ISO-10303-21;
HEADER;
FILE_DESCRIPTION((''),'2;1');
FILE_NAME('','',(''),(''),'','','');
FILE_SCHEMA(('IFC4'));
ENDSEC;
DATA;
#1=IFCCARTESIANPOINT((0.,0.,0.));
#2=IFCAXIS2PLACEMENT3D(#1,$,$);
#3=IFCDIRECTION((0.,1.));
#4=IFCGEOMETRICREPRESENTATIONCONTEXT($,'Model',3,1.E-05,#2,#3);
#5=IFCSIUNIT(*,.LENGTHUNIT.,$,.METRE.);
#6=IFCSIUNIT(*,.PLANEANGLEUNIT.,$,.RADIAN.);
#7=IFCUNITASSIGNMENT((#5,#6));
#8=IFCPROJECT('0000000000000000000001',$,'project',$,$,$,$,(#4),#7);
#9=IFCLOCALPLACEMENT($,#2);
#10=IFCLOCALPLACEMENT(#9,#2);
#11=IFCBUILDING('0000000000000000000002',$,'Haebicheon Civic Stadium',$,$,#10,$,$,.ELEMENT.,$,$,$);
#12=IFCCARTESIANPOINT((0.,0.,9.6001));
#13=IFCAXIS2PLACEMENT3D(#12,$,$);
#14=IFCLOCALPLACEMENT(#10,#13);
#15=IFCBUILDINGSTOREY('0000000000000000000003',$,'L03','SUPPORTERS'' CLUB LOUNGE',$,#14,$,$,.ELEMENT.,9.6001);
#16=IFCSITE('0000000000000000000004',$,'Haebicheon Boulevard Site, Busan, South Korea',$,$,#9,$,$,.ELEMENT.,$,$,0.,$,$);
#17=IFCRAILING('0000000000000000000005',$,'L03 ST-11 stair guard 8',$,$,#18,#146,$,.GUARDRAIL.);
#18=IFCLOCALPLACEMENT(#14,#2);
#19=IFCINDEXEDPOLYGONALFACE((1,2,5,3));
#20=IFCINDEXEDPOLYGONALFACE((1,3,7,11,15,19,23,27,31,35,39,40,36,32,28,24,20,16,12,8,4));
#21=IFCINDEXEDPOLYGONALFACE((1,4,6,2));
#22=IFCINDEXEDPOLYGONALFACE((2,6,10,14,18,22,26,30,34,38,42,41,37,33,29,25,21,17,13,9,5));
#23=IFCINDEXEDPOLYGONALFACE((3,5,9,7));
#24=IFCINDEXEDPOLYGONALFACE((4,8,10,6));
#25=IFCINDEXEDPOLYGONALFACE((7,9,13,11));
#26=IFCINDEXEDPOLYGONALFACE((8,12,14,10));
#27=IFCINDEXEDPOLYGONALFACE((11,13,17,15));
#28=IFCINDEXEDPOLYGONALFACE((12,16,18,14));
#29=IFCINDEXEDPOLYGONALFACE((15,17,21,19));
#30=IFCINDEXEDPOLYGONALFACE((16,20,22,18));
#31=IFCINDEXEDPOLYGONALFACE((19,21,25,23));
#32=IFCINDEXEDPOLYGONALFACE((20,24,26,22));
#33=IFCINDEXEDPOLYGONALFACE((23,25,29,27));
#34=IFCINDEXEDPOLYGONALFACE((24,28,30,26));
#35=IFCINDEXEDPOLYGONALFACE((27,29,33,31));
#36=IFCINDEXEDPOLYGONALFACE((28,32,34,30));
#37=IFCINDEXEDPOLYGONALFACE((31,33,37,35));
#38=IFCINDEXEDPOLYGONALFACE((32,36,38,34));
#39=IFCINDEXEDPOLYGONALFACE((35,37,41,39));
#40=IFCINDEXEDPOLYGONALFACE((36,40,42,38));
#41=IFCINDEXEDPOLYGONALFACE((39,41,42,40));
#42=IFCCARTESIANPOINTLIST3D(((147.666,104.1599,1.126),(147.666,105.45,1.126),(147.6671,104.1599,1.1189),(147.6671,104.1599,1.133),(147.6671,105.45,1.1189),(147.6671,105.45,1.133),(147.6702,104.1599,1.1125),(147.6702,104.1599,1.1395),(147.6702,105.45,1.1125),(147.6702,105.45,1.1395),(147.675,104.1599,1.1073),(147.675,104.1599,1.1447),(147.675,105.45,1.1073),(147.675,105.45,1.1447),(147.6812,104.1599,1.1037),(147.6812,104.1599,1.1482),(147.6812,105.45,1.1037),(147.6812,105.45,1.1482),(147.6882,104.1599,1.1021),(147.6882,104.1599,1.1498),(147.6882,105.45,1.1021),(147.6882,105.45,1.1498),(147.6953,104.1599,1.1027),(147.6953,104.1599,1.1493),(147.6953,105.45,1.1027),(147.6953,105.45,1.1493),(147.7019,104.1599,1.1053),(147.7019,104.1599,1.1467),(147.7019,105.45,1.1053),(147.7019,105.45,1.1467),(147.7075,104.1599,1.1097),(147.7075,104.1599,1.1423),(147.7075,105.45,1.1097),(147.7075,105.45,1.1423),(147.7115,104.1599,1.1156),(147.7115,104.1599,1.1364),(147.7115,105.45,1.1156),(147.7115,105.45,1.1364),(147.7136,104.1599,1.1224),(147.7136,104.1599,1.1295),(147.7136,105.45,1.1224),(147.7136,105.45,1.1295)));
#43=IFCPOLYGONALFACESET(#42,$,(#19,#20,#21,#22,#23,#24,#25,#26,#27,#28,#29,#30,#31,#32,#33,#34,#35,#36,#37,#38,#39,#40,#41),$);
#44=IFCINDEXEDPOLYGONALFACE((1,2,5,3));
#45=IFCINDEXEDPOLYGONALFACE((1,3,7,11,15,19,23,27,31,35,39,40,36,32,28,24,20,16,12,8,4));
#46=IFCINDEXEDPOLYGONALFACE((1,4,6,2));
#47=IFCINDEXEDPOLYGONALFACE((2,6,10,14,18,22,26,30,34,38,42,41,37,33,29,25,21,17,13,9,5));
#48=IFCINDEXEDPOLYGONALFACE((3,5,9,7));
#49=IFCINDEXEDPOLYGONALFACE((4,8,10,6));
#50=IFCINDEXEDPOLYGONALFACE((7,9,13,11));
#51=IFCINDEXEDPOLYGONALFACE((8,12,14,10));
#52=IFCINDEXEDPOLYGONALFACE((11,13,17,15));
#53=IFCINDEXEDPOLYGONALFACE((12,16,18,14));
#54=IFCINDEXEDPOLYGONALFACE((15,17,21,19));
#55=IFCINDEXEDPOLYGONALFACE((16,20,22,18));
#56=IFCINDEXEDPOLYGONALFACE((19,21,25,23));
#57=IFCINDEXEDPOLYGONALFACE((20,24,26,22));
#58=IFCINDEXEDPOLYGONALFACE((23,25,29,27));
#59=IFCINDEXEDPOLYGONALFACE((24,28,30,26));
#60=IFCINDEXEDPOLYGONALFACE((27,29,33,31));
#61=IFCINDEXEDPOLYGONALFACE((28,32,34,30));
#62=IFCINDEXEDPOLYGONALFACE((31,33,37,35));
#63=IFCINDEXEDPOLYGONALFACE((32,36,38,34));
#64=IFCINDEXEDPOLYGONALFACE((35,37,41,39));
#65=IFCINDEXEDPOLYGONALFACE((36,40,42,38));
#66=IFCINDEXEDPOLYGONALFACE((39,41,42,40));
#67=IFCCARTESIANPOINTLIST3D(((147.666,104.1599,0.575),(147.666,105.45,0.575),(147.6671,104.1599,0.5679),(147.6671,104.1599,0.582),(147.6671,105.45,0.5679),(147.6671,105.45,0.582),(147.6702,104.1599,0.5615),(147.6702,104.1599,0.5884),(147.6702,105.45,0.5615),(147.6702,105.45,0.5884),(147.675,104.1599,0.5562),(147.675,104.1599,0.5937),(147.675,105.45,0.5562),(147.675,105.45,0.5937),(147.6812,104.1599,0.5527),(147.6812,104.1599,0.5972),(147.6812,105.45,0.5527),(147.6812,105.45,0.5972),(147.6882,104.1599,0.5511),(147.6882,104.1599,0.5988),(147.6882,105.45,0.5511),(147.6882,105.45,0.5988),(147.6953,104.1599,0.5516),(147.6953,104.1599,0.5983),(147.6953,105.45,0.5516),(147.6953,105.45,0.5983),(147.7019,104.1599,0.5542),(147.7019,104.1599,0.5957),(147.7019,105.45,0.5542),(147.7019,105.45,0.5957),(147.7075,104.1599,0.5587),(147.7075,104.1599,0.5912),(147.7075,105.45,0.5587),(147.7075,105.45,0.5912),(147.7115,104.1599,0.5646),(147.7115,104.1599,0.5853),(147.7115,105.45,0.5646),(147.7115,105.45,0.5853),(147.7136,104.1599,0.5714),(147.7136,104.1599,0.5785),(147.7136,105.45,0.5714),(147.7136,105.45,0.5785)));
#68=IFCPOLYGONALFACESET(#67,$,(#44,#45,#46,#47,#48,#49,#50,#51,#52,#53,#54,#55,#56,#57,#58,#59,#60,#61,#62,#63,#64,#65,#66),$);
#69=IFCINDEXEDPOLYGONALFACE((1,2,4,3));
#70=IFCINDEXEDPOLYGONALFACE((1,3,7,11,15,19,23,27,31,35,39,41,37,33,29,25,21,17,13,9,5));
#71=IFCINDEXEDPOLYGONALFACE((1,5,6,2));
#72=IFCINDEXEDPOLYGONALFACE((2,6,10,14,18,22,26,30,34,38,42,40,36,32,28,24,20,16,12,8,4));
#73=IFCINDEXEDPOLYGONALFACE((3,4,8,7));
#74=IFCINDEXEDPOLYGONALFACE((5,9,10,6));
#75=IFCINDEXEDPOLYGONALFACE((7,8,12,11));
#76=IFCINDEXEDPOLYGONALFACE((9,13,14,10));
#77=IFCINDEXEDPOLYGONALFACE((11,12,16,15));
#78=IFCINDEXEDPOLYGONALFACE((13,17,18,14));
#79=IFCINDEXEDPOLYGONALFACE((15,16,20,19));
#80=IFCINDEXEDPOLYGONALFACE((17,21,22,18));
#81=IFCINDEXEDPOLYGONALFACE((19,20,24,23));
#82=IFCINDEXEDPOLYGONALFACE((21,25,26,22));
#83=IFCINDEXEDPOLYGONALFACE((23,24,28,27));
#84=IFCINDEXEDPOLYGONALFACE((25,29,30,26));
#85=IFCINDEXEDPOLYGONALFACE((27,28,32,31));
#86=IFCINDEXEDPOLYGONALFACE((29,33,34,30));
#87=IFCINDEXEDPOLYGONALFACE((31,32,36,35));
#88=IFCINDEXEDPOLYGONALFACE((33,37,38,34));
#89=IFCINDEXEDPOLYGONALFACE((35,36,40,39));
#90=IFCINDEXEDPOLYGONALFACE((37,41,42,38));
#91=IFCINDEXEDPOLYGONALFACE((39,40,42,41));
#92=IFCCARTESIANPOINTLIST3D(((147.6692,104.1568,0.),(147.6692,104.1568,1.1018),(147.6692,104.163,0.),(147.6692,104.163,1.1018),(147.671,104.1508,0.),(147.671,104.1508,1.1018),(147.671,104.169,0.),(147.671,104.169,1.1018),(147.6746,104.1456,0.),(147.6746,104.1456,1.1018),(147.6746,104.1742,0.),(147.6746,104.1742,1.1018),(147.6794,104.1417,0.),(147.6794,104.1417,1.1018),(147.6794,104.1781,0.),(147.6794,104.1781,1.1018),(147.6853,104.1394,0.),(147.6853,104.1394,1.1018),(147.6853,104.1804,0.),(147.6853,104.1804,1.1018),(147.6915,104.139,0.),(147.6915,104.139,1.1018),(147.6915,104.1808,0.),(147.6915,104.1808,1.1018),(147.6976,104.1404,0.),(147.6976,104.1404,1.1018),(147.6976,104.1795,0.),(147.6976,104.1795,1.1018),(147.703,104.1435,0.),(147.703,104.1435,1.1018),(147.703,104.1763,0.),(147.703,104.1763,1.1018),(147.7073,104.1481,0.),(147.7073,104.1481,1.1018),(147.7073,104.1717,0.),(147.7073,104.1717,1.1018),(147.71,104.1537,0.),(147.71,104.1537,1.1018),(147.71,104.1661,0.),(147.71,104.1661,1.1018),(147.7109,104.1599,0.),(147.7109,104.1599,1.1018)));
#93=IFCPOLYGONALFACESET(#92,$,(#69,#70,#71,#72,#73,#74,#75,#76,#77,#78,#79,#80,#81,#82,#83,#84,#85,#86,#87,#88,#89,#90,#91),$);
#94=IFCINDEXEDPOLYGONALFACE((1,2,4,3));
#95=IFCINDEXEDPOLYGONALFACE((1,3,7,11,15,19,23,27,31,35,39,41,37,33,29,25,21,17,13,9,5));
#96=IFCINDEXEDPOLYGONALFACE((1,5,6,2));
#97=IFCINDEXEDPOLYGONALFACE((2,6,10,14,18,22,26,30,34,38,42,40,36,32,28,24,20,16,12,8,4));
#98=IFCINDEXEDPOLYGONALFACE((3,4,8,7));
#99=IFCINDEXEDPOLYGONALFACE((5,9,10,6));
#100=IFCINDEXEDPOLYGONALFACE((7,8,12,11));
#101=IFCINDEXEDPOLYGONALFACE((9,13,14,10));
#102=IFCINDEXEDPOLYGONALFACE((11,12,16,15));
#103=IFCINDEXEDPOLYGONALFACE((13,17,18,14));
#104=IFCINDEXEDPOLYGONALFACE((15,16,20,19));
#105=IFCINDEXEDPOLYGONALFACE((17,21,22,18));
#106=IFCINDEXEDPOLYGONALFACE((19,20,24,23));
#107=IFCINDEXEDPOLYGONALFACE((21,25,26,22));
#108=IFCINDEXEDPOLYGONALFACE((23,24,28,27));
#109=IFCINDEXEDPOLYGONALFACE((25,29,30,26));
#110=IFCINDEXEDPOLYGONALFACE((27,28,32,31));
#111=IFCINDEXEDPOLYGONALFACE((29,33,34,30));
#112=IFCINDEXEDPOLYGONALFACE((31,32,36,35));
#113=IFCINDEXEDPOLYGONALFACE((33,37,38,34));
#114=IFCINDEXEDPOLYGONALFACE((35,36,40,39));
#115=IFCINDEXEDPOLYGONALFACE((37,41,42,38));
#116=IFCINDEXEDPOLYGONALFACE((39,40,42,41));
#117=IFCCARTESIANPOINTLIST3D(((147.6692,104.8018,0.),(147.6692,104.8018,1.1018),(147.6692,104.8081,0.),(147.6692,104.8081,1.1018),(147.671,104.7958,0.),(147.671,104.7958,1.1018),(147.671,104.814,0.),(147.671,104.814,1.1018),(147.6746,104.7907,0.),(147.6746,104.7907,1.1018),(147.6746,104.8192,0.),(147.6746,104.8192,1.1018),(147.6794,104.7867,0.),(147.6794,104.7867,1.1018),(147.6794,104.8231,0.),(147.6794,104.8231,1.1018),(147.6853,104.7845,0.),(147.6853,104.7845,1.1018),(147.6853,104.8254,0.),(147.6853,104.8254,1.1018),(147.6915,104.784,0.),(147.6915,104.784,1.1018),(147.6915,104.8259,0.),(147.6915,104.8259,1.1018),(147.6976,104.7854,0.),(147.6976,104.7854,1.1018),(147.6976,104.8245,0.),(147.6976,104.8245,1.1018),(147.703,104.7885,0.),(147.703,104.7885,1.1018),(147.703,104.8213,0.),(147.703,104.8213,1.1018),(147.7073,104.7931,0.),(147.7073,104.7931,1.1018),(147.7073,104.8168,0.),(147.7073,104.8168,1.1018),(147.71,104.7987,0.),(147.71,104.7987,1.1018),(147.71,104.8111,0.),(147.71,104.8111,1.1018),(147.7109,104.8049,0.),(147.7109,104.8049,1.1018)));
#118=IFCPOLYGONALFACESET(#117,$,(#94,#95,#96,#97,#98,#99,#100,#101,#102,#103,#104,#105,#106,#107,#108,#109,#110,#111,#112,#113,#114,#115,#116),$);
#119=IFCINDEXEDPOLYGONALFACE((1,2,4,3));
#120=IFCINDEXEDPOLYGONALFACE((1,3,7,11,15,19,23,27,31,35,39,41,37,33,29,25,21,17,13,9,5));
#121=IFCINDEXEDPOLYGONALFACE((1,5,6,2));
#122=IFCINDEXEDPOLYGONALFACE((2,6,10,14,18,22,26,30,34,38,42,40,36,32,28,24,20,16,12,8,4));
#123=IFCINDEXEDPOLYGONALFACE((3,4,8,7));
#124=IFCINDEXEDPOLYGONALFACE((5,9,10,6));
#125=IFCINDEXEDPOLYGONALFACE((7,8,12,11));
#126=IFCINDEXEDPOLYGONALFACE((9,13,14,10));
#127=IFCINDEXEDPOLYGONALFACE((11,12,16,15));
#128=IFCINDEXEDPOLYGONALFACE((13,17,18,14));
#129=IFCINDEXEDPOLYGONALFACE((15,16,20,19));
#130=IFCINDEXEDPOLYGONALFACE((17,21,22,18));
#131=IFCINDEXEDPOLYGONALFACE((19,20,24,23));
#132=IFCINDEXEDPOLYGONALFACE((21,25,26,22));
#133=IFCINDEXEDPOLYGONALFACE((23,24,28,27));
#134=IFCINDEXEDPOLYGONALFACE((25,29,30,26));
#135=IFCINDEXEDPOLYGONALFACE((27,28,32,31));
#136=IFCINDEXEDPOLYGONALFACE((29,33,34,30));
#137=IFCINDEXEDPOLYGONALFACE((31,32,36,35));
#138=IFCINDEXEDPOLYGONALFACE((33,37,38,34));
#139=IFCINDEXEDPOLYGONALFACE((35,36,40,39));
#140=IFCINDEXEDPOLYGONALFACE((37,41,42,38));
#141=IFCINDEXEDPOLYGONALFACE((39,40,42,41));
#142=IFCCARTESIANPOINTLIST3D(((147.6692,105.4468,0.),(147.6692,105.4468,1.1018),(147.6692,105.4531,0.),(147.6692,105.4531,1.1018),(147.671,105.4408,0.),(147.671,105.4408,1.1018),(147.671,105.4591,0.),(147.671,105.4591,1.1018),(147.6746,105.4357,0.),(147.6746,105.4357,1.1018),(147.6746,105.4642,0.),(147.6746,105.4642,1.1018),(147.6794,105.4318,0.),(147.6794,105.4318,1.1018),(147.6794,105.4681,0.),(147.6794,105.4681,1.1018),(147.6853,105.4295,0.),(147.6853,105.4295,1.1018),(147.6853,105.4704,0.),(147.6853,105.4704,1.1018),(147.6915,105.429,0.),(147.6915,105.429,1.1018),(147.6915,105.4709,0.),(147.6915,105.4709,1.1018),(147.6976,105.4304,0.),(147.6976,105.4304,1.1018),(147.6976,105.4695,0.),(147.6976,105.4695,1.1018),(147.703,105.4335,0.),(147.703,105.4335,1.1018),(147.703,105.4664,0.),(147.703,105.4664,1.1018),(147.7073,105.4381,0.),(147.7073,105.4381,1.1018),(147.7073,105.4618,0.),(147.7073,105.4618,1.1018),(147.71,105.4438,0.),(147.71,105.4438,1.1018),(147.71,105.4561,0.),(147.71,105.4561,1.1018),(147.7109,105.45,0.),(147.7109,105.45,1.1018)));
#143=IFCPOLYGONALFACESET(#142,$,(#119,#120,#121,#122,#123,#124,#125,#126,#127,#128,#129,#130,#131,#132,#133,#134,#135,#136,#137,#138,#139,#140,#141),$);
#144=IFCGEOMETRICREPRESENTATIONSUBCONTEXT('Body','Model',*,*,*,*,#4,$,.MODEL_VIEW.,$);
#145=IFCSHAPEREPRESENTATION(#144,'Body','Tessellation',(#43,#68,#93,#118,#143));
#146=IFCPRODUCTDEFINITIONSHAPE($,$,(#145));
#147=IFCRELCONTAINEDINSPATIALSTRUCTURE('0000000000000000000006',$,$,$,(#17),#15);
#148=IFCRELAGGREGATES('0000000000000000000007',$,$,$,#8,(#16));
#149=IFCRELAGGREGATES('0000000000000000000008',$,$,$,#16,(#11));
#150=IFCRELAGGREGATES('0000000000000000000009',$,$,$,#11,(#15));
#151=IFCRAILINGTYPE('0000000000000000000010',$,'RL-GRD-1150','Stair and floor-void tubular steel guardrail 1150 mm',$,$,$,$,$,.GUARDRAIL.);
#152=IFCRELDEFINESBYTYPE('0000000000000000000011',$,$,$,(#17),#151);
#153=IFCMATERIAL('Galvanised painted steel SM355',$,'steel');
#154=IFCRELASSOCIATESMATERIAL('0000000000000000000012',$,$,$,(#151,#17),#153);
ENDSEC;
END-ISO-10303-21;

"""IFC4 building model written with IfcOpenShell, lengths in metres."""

from ifc_helpers import new_model, si_unit, direction, frame, origin, origin_2d, place, context, subcontext, project, spatial, circle, extrude, material, type_object, element, save


model = new_model("IFC4")

# Units and contexts
model_context = context("Model", 3, precision=1e-05, world=origin(), true_north=direction((0.0, 1.0)))
body_context = subcontext(model_context, "Body", "Model", "MODEL_VIEW")
ifc_project = project(units=[si_unit("LENGTHUNIT", "METRE"), si_unit("PLANEANGLEUNIT", "RADIAN")], contexts=[model_context])

# Site, building, storey
site_placement = place(None, origin())
site = spatial("IfcSite", under=ifc_project, at=site_placement, Name="Haebicheon Boulevard Site, Busan, South Korea", CompositionType="ELEMENT", RefElevation=0.0)
building_placement = place(site_placement, origin())
building = spatial("IfcBuilding", under=site, at=building_placement, Name="Haebicheon Civic Stadium", CompositionType="ELEMENT")
storey_placement = place(building_placement, frame((0.0, 0.0, 9.6001)))
storey = spatial("IfcBuildingStorey", under=building, at=storey_placement, Name="L03", Description="SUPPORTERS' CLUB LOUNGE", CompositionType="ELEMENT", Elevation=9.6001)

# Railing
ifc_material_1 = material(Name="Galvanised painted steel SM355", Category="steel")
railing_type_1 = type_object("IfcRailingType", Name="RL-GRD-1150", Description="Stair and floor-void tubular steel guardrail 1150 mm", PredefinedType="GUARDRAIL", material=ifc_material_1)
for number, where, name in (
    (1, (147.6899, 104.1599, 0.0), "L03 ST-11 stair guard 8"),
):
    element("IfcRailing", number, at=place(storey_placement, frame(where)), inside=storey, type_object=railing_type_1, material=ifc_material_1, Name=name, PredefinedType="GUARDRAIL", context=body_context, shape_type="SweptSolid", body=[
        extrude(circle(Radius=0.0239, at=origin_2d()), frame((0.0, 0.0, 1.126), z_axis=(0.0, 1.0, 0.0), x_axis=(-1.0, 0.0, 0.0)), (0.0, 0.0, 1.0), 1.29),
        extrude(circle(Radius=0.0239, at=origin_2d()), frame((0.0, 0.0, 0.575), z_axis=(0.0, 1.0, 0.0), x_axis=(-1.0, 0.0, 0.0)), (0.0, 0.0, 1.0), 1.29),
        extrude(circle(Radius=0.021, at=origin_2d()), origin(), (0.0, 0.0, 1.0), 1.1018),
        extrude(circle(Radius=0.021, at=origin_2d()), frame((0.0, 0.645, 0.0)), (0.0, 0.0, 1.0), 1.1018),
        extrude(circle(Radius=0.021, at=origin_2d()), frame((0.0, 1.29, 0.0)), (0.0, 0.0, 1.0), 1.1018),
    ])

save(model, "model.ifc")
